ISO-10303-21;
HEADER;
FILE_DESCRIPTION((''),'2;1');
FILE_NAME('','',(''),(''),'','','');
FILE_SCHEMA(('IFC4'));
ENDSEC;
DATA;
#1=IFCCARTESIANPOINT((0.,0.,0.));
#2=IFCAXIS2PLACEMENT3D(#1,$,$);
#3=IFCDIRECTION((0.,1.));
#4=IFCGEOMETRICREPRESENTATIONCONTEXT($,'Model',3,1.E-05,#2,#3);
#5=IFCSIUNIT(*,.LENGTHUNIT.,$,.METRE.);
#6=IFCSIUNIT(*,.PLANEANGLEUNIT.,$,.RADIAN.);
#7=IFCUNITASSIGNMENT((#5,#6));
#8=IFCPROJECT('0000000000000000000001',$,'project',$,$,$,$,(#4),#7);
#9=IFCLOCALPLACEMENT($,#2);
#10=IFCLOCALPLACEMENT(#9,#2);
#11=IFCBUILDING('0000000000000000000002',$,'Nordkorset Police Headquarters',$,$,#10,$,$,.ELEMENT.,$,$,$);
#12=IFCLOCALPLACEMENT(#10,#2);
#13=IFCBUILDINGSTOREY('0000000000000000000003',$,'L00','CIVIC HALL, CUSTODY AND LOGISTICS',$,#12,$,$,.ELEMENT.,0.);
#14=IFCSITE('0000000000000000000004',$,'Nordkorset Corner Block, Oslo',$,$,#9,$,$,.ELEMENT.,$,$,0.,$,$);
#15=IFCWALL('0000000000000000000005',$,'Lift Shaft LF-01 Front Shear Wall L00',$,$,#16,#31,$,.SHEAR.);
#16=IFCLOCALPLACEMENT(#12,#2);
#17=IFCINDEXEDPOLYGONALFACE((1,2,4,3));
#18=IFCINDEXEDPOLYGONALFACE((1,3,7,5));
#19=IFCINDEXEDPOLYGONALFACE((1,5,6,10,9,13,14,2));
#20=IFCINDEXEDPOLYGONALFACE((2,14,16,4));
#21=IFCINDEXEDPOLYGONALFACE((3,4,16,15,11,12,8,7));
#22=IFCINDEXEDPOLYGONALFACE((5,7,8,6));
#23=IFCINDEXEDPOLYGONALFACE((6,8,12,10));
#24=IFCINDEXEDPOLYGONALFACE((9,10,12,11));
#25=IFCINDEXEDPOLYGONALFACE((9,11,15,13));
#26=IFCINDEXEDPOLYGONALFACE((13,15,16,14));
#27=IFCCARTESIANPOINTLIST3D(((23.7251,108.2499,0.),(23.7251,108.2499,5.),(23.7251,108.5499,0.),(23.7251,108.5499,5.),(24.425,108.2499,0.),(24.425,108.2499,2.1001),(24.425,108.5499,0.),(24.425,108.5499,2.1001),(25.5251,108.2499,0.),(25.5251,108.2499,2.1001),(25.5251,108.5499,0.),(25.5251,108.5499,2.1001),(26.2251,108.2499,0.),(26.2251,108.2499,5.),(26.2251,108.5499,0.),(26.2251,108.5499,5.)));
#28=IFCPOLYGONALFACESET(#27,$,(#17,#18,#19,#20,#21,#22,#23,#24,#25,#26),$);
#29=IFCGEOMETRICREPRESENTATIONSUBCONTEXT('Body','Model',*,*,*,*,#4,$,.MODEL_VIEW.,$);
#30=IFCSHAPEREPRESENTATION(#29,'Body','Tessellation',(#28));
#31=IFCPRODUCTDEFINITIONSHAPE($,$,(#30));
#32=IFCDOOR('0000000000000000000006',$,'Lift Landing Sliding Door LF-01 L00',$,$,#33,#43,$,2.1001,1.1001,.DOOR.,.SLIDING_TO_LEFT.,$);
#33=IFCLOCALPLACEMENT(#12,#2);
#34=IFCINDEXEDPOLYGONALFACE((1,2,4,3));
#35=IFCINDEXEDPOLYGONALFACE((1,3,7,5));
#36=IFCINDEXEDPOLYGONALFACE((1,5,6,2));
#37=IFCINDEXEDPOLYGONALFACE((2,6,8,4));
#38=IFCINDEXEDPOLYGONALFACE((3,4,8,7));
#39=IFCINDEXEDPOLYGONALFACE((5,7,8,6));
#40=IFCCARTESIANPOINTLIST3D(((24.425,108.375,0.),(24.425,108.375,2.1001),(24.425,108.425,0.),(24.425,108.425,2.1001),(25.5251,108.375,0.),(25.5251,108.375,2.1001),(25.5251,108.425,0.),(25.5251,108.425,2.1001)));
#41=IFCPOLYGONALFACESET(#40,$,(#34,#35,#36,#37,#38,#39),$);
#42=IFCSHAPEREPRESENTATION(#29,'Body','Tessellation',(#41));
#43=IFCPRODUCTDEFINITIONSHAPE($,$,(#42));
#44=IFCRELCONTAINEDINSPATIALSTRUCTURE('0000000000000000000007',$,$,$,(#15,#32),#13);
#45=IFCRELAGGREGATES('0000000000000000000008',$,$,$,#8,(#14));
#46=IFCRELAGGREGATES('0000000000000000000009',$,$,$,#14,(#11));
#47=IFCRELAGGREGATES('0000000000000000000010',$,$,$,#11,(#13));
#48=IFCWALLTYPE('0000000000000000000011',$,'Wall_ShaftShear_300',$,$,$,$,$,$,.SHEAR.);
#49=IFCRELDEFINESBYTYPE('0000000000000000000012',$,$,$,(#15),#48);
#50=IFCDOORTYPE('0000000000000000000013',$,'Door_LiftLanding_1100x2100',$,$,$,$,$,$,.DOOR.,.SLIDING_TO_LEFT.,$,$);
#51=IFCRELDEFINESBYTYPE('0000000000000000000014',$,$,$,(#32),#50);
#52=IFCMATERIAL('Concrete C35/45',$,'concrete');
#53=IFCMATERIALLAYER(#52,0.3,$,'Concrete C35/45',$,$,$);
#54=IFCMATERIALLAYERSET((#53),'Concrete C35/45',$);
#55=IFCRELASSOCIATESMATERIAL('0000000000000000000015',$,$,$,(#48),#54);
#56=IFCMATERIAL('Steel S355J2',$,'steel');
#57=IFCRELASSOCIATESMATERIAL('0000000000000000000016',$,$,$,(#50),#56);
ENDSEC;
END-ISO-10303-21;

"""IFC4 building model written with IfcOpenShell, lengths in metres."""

from ifc_helpers import new_model, si_unit, direction, frame, frame_2d, origin, place, context, subcontext, project, spatial, rectangle, extrude, material, layer, layer_set, type_object, element, fill, save


model = new_model("IFC4")

# Units and contexts
model_context = context("Model", 3, precision=1e-05, world=origin(), true_north=direction((0.0, 1.0)))
body_context = subcontext(model_context, "Body", "Model", "MODEL_VIEW")
ifc_project = project(units=[si_unit("LENGTHUNIT", "METRE"), si_unit("PLANEANGLEUNIT", "RADIAN")], contexts=[model_context])

# Site, building, storey
site_placement = place(None, origin())
site = spatial("IfcSite", under=ifc_project, at=site_placement, Name="Nordkorset Corner Block, Oslo", CompositionType="ELEMENT", RefElevation=0.0)
building_placement = place(site_placement, origin())
building = spatial("IfcBuilding", under=site, at=building_placement, Name="Nordkorset Police Headquarters", CompositionType="ELEMENT")
storey_placement = place(building_placement, origin())
storey = spatial("IfcBuildingStorey", under=building, at=storey_placement, Name="L00", Description="CIVIC HALL, CUSTODY AND LOGISTICS", CompositionType="ELEMENT", Elevation=0.0)

# Wall, opening, door
ifc_material_1 = material(Name="Concrete C35/45", Category="concrete")
ifc_layer_1 = layer(ifc_material_1, 0.3, Name="Concrete C35/45")
ifc_layer_set_1 = layer_set([ifc_layer_1], Name="Concrete C35/45")
wall_type_1 = type_object("IfcWallType", Name="Wall_ShaftShear_300", PredefinedType="SHEAR", material=ifc_layer_set_1)
wall_1_placement = place(storey_placement, frame((23.7251, 108.3999, 0.0), z_axis=(0.0, 0.0, 1.0), x_axis=(1.0, 0.0, 0.0)))
wall_1 = element("IfcWall", 1, at=wall_1_placement, inside=storey, type_object=wall_type_1, Name="Lift Shaft LF-01 Front Shear Wall L00", PredefinedType="SHEAR", context=body_context, shape_type="SweptSolid", body=[
    extrude(rectangle(XDim=2.5, YDim=0.3, at=frame_2d((1.25, 0.0))), origin(), (0.0, 0.0, 1.0), 5.0),
])
opening_1_placement = place(wall_1_placement, frame((0.7, 0.0, 0.0)))
opening_1 = element("IfcOpeningElement", 2, at=opening_1_placement, cuts=wall_1, PredefinedType="OPENING", context=body_context, shape_type="SweptSolid", body=[
    extrude(rectangle(XDim=1.1001, YDim=2.1001, at=frame_2d((0.55, 1.05))), frame((0.0, 0.1602, 0.0), z_axis=(0.0, -1.0, 0.0), x_axis=(1.0, 0.0, 0.0)), (0.0, 0.0, 1.0), 0.3201),
])
ifc_material_2 = material(Name="Steel S355J2", Category="steel")
door_type_1 = type_object("IfcDoorType", Name="Door_LiftLanding_1100x2100", OperationType="SLIDING_TO_LEFT", PredefinedType="DOOR", material=ifc_material_2)
door_1_placement = place(opening_1_placement, frame((1.1001, 0.0, 0.0), z_axis=(0.0, 0.0, 1.0), x_axis=(-1.0, 0.0, 0.0)))
door_1 = element("IfcDoor", 3, at=door_1_placement, inside=storey, type_object=door_type_1, Name="Lift Landing Sliding Door LF-01 L00", OperationType="SLIDING_TO_LEFT", OverallHeight=2.1001, OverallWidth=1.1001, PredefinedType="DOOR", context=body_context, shape_type="SweptSolid", body=[
    extrude(rectangle(XDim=1.1001, YDim=2.1001, at=frame_2d((0.55, 1.05))), frame((0.0, 0.0249, 0.0), z_axis=(0.0, -1.0, 0.0), x_axis=(1.0, 0.0, 0.0)), (0.0, 0.0, 1.0), 0.05),
])
fill(opening_1, door_1)

save(model, "model.ifc")
